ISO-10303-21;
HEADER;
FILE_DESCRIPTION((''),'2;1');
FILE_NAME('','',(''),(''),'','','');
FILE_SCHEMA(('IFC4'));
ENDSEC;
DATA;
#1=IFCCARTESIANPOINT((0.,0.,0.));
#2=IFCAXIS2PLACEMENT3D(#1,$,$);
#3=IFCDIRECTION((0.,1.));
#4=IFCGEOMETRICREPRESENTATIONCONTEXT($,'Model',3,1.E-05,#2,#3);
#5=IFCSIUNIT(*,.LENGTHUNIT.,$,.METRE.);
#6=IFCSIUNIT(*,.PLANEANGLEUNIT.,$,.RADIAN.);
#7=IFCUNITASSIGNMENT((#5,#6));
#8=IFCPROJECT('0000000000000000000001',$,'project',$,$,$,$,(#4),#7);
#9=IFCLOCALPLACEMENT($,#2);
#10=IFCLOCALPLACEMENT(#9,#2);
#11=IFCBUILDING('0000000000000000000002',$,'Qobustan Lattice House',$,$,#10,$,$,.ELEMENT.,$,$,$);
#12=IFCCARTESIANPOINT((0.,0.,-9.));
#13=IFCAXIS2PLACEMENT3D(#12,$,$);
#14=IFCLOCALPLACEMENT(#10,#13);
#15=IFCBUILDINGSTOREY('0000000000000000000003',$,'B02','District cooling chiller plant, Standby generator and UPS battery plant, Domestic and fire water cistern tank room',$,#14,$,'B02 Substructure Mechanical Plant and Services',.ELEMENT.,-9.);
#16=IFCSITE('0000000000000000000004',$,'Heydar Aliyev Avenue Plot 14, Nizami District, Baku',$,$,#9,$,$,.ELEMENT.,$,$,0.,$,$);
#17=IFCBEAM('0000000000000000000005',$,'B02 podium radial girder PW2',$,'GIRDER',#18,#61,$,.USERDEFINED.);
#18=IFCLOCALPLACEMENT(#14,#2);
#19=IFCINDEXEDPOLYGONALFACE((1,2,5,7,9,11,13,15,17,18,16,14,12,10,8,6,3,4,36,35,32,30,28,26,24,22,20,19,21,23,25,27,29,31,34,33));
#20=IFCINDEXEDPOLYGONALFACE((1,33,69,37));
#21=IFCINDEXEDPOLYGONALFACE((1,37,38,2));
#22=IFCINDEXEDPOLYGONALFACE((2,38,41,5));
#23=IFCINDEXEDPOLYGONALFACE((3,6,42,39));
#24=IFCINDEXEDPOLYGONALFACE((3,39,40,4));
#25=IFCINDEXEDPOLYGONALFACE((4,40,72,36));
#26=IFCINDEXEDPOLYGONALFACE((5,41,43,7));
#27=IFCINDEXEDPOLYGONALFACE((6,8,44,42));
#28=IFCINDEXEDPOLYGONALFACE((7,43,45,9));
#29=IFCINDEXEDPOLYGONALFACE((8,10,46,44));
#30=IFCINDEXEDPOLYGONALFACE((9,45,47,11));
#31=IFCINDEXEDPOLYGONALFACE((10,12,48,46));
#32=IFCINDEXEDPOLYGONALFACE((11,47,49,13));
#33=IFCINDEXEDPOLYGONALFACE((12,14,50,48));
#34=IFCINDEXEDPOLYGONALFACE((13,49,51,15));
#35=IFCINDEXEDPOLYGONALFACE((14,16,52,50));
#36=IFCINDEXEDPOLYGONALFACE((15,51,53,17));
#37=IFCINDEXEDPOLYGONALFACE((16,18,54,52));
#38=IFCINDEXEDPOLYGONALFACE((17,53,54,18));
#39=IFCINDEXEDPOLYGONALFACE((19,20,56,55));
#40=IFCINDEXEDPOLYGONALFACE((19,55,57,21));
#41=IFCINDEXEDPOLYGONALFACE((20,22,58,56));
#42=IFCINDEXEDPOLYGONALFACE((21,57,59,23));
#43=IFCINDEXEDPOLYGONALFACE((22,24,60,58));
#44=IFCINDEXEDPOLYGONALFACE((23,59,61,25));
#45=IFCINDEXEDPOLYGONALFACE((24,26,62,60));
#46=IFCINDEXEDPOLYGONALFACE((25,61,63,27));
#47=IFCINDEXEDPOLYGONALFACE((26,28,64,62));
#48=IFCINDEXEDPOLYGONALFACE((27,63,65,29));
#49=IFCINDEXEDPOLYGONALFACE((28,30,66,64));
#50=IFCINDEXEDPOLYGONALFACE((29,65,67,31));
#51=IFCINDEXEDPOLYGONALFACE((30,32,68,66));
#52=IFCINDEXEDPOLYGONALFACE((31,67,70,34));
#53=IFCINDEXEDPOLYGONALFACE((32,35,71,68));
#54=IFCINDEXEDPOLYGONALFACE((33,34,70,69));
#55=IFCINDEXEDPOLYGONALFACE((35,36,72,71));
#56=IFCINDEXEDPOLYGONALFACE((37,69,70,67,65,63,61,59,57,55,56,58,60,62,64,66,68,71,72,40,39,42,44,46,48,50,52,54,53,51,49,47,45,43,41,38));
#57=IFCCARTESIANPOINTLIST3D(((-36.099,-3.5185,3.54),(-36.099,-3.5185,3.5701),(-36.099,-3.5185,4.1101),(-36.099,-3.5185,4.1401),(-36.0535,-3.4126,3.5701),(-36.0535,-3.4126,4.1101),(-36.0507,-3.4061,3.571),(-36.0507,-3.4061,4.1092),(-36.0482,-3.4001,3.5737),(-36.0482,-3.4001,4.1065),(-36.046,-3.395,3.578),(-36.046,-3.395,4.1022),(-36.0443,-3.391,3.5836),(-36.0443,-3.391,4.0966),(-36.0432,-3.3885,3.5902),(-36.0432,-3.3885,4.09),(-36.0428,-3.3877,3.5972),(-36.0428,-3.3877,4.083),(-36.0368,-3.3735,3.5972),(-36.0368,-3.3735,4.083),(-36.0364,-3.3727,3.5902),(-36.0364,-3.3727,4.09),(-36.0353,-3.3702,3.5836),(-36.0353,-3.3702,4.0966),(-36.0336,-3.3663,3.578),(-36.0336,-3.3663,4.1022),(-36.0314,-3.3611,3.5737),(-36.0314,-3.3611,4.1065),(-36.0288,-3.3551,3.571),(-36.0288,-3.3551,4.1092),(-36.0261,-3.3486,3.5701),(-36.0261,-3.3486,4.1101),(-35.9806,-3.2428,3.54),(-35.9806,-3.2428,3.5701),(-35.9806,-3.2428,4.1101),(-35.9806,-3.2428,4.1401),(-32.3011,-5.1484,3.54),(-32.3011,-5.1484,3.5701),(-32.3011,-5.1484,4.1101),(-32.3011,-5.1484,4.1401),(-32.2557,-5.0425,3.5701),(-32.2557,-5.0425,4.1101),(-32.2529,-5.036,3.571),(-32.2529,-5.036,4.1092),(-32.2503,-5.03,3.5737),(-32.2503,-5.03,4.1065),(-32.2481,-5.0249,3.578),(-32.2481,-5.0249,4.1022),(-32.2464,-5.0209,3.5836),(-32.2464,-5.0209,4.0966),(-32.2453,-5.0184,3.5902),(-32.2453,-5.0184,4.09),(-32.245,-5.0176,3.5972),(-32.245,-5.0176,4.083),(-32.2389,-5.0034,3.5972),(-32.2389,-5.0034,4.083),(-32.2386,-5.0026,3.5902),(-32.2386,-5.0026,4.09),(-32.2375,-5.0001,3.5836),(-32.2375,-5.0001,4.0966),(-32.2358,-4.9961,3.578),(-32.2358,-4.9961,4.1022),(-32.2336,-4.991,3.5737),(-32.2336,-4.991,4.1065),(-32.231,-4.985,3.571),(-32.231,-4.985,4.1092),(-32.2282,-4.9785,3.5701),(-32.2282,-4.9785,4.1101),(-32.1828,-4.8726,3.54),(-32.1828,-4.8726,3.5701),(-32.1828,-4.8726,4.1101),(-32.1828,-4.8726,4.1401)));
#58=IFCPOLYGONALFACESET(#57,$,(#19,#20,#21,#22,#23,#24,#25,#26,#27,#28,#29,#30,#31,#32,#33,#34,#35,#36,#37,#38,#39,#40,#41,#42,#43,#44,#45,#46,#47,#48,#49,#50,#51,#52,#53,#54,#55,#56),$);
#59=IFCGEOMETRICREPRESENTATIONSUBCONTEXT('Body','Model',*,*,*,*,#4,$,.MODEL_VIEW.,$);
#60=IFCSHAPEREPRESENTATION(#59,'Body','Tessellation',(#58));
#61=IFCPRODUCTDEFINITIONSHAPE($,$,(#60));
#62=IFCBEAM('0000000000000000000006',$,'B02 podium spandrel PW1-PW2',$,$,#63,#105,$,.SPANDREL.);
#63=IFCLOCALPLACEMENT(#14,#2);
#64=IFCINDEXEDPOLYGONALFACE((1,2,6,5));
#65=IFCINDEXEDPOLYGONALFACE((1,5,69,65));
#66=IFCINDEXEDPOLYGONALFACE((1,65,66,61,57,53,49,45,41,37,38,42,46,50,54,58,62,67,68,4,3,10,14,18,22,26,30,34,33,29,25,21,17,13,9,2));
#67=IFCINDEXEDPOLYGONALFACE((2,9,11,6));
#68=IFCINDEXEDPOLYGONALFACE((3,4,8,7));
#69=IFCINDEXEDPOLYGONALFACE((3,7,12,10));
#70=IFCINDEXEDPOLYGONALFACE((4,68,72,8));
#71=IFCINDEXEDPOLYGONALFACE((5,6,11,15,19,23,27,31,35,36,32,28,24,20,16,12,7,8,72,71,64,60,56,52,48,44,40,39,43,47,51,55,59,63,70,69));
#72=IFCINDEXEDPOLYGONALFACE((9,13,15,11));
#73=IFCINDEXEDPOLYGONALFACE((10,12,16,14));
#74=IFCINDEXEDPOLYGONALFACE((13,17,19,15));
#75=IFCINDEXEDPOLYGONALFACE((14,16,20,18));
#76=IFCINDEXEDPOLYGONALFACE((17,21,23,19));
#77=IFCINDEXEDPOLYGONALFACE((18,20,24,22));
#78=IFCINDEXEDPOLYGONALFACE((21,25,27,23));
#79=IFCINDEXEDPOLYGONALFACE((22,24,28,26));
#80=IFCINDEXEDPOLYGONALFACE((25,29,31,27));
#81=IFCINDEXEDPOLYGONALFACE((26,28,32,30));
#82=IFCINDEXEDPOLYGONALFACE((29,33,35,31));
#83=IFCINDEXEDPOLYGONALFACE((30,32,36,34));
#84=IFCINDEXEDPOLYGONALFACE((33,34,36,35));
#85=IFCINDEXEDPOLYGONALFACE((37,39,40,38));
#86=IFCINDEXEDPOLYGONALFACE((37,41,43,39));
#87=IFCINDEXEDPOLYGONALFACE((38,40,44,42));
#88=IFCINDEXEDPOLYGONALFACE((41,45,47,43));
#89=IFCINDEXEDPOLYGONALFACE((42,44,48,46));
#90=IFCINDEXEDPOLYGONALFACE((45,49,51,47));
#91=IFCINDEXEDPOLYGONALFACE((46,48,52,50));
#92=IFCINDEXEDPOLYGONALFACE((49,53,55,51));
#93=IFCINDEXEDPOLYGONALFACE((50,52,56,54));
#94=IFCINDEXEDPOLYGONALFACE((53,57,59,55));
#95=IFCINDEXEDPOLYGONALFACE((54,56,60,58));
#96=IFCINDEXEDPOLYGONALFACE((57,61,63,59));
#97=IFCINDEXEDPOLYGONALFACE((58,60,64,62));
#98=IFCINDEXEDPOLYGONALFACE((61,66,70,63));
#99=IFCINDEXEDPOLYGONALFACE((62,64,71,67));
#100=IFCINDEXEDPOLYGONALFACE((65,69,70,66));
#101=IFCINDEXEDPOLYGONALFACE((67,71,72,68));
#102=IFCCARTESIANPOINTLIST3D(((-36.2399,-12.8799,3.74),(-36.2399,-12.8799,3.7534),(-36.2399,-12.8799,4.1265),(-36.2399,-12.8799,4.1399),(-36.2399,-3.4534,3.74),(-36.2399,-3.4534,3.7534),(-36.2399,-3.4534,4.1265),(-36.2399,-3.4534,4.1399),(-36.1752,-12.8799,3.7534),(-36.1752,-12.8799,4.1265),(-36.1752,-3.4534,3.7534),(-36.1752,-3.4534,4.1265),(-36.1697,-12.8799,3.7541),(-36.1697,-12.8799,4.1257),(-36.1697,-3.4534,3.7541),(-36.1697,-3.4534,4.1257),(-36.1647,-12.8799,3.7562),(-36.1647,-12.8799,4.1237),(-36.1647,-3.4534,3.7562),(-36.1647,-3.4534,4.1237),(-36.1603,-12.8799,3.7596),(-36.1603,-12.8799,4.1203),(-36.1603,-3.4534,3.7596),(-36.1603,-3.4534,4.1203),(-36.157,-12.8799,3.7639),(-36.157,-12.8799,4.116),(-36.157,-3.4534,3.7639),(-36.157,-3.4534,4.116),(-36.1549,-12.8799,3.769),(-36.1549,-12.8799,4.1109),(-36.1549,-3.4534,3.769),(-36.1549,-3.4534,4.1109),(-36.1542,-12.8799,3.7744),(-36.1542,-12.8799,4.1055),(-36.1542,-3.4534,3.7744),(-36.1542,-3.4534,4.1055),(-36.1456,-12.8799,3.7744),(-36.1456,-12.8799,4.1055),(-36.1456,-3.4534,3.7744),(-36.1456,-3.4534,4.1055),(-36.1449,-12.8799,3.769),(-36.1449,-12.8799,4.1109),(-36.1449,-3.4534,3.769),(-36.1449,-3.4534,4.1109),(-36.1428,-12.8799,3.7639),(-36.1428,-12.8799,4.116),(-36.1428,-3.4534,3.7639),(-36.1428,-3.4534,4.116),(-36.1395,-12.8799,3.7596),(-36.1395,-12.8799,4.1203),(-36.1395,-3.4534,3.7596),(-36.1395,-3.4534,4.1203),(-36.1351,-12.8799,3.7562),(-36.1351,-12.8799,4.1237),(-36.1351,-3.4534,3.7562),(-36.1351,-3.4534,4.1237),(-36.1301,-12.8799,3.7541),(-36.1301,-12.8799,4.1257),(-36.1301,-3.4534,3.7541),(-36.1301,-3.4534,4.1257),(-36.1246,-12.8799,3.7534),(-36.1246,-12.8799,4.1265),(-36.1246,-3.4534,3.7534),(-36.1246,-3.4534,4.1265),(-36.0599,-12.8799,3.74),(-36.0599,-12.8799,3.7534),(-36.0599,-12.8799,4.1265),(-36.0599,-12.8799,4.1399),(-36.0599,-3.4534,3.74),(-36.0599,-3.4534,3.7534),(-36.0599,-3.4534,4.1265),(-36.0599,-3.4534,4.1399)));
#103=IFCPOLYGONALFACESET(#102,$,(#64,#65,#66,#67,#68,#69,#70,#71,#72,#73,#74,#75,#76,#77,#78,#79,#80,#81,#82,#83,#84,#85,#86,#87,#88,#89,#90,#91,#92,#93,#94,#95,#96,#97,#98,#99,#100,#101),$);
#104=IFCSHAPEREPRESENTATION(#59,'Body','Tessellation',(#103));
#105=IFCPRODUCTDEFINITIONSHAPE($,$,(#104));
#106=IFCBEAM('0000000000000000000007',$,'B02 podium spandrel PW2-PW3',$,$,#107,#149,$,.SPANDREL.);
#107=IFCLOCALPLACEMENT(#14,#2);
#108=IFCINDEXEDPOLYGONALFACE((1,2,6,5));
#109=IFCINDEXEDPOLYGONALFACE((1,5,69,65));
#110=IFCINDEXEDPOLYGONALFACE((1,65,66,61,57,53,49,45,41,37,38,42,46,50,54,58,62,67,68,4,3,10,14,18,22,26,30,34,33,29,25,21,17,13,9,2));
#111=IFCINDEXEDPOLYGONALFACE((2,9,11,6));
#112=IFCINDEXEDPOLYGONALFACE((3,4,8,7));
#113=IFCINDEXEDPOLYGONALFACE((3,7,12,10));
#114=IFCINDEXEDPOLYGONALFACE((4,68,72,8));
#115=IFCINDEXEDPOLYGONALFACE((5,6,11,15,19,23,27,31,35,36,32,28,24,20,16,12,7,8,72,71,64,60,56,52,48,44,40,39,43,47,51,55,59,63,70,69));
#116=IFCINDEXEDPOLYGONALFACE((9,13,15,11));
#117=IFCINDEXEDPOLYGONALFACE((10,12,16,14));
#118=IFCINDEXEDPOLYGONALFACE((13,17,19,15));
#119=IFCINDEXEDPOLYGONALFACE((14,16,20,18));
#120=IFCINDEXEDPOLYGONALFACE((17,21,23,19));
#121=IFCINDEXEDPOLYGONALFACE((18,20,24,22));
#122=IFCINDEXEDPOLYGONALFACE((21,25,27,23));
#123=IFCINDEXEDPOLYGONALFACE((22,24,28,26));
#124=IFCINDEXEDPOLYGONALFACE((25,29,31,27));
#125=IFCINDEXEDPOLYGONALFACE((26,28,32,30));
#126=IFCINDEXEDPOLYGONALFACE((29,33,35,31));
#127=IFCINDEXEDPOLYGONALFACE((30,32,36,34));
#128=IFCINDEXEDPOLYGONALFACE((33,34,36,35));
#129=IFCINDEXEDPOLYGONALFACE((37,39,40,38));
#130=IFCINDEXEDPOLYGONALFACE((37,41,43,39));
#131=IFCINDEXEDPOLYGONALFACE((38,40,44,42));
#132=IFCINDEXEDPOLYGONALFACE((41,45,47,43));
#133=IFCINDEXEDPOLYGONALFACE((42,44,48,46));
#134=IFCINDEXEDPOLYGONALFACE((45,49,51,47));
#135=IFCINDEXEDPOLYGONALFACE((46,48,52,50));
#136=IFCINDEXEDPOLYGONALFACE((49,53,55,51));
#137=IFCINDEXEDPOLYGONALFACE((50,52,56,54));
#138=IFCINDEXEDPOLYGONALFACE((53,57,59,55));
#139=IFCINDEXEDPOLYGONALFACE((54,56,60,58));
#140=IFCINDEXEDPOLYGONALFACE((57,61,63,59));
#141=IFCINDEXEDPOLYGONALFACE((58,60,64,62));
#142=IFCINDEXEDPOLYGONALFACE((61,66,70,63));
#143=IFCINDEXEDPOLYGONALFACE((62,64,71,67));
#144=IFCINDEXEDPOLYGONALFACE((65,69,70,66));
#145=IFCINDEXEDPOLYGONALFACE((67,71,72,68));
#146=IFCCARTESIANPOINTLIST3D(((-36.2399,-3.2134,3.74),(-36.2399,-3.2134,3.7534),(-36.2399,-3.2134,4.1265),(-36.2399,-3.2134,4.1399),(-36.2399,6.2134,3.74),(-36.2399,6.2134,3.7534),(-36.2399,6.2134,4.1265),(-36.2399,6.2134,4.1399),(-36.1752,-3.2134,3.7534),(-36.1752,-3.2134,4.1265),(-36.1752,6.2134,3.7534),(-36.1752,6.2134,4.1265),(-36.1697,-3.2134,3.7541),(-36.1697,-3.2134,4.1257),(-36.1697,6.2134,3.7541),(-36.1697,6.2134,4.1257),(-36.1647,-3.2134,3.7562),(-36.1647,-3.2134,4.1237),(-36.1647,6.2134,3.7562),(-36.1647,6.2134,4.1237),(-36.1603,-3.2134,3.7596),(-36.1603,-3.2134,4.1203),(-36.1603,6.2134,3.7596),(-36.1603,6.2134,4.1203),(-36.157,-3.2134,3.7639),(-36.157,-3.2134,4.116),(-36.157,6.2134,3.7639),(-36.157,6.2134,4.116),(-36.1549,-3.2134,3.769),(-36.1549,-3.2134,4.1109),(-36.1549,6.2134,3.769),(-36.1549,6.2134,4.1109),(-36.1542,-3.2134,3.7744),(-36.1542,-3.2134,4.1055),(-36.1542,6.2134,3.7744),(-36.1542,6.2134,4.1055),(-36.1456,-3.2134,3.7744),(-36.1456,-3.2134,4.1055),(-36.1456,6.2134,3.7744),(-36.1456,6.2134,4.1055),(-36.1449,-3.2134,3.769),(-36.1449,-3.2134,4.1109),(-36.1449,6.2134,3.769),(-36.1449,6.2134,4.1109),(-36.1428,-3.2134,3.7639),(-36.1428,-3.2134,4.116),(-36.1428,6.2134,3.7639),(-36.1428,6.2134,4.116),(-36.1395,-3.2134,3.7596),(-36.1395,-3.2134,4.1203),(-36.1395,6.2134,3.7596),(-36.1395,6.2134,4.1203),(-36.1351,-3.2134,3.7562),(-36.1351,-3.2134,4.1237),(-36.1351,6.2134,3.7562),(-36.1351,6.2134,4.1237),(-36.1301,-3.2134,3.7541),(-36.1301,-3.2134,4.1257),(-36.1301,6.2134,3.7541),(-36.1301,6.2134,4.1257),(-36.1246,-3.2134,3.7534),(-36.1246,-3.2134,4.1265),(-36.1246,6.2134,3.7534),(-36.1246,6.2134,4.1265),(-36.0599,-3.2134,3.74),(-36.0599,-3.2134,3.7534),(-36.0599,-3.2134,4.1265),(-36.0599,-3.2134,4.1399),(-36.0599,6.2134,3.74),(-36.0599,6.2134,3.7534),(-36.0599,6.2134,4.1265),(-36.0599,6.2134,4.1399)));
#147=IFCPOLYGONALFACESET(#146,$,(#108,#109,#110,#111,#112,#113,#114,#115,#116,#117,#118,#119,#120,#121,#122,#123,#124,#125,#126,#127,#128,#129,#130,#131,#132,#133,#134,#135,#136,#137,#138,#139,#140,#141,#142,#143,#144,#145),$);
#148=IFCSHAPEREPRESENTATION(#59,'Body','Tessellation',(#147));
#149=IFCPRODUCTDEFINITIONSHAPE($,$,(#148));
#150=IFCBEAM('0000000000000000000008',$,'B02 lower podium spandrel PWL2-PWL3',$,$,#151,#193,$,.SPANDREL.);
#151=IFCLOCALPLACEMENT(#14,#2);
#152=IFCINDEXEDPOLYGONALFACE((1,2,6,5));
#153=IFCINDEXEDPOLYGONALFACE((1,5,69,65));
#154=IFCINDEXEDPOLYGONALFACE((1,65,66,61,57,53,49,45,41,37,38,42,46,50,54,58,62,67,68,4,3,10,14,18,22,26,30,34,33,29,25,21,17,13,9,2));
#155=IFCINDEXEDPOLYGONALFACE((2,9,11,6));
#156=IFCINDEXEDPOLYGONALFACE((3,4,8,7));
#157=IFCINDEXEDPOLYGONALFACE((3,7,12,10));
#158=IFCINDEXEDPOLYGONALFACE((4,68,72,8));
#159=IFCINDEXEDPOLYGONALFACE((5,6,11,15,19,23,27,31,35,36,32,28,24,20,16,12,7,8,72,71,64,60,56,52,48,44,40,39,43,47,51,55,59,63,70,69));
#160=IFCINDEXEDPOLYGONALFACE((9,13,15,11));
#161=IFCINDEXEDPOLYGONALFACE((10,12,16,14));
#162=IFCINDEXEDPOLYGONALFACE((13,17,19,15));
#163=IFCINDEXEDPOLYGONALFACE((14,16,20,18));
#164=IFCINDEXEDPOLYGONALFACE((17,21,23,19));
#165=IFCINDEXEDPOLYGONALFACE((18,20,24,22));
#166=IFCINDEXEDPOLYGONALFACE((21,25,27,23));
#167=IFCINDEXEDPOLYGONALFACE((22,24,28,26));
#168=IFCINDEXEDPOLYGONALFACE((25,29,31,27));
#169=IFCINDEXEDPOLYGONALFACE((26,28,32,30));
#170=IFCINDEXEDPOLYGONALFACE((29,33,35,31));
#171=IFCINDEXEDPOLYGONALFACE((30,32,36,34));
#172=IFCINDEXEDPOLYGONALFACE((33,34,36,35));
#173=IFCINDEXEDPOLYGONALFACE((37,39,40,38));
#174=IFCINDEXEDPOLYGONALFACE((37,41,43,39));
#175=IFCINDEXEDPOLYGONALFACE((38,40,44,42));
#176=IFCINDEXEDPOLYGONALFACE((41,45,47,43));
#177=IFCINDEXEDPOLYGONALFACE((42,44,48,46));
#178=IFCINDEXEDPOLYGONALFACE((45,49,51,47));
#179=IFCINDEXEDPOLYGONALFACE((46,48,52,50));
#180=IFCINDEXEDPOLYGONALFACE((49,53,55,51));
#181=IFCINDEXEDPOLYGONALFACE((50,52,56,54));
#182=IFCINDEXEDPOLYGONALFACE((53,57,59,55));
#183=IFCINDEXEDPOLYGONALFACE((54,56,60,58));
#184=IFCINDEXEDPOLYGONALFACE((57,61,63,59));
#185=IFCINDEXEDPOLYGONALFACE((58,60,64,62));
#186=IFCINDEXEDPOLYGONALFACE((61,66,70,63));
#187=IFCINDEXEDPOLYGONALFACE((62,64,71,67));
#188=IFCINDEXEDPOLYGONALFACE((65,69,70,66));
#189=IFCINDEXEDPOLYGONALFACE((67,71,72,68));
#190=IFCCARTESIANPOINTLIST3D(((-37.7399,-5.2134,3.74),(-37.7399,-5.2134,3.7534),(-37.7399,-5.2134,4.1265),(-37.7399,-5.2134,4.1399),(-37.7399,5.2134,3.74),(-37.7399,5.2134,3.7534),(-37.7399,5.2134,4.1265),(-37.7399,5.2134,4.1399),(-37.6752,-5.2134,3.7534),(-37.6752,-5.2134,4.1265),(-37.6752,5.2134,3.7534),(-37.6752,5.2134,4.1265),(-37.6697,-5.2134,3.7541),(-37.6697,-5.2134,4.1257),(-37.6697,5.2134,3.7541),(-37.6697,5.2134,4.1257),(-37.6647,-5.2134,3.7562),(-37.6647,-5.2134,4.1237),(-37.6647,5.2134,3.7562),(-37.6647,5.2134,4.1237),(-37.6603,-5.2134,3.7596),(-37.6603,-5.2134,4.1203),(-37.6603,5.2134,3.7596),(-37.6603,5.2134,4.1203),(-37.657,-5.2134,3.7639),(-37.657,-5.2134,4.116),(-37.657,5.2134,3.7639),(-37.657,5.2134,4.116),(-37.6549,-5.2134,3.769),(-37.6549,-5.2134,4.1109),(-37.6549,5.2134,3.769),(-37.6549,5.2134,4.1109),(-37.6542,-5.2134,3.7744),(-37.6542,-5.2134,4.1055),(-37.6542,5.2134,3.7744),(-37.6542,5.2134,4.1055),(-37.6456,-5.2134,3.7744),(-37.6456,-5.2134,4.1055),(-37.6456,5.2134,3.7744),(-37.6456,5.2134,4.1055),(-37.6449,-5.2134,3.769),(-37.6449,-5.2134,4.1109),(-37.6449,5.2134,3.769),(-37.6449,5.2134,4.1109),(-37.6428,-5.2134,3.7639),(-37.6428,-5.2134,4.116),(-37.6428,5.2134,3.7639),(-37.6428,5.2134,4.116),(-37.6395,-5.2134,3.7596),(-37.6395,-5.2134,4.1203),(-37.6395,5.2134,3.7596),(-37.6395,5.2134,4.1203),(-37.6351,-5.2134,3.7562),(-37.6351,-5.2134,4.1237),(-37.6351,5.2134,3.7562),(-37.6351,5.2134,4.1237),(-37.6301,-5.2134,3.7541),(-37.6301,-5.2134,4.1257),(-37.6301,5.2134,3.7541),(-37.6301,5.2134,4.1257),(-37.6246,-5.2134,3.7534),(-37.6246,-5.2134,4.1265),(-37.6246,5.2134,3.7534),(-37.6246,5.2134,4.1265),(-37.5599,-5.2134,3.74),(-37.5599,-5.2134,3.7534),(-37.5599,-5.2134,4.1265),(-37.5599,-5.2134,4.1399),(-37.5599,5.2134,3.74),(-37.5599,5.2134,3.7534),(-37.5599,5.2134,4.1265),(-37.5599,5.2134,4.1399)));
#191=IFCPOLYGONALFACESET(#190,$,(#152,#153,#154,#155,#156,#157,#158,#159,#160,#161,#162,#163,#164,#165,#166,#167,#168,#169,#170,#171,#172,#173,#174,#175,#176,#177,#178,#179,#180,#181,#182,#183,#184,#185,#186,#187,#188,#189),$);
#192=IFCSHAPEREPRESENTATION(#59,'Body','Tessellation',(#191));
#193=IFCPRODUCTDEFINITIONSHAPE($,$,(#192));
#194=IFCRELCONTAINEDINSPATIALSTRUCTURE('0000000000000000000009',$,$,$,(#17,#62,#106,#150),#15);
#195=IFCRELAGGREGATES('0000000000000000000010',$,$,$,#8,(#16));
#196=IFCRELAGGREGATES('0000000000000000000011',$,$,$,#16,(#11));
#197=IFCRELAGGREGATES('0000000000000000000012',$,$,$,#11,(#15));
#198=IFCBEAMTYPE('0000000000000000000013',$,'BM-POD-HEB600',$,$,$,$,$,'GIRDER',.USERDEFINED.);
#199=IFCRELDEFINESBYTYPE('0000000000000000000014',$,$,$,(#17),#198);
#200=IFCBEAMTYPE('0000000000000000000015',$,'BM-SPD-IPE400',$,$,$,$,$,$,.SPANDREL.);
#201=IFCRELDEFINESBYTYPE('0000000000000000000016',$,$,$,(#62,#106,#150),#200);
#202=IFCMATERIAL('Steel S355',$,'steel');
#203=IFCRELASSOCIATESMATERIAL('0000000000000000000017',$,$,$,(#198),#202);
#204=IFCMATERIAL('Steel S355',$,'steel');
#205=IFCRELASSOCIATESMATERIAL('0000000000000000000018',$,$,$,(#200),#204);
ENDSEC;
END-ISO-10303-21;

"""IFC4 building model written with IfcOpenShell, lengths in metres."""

from ifc_helpers import new_model, si_unit, direction, frame, origin, origin_2d, place, context, subcontext, project, spatial, i_section, extrude, material, material_profile, profile_set, type_object, element, save


model = new_model("IFC4")

# Units and contexts
model_context = context("Model", 3, precision=1e-05, world=origin(), true_north=direction((0.0, 1.0)))
body_context = subcontext(model_context, "Body", "Model", "MODEL_VIEW")
ifc_project = project(units=[si_unit("LENGTHUNIT", "METRE"), si_unit("PLANEANGLEUNIT", "RADIAN")], contexts=[model_context])

# Site, building, storey
site_placement = place(None, origin())
site = spatial("IfcSite", under=ifc_project, at=site_placement, Name="Heydar Aliyev Avenue Plot 14, Nizami District, Baku", CompositionType="ELEMENT", RefElevation=0.0)
building_placement = place(site_placement, origin())
building = spatial("IfcBuilding", under=site, at=building_placement, Name="Qobustan Lattice House", CompositionType="ELEMENT")
storey_placement = place(building_placement, frame((0.0, 0.0, -9.0)))
storey = spatial("IfcBuildingStorey", under=building, at=storey_placement, Name="B02", Description="District cooling chiller plant, Standby generator and UPS battery plant, Domestic and fire water cistern tank room", LongName="B02 Substructure Mechanical Plant and Services", CompositionType="ELEMENT", Elevation=-9.0)

# Beams
ifc_material_1 = material(Name="Steel S355", Category="steel")
ifc_material_profile_1 = material_profile(ifc_material_1, i_section(OverallWidth=0.3, OverallDepth=0.6001, WebThickness=0.0154, FlangeThickness=0.03, FilletRadius=0.0271, at=origin_2d()), Name="HEB600")
ifc_profile_set_1 = profile_set([ifc_material_profile_1], Name="Steel S355")
beam_type_1 = type_object("IfcBeamType", Name="BM-POD-HEB600", ElementType="GIRDER", PredefinedType="USERDEFINED", material=ifc_profile_set_1)
beam_1_placement = place(storey_placement, frame((-36.0398, -3.3806, 3.8401), z_axis=(0.918949, -0.394376, 0.0), x_axis=(0.394376, 0.918949, 0.0)))
element("IfcBeam", 1, at=beam_1_placement, inside=storey, type_object=beam_type_1, Name="B02 podium radial girder PW2", ObjectType="GIRDER", PredefinedType="USERDEFINED", context=body_context, shape_type="SweptSolid", body=[
    extrude(i_section(OverallWidth=0.3, OverallDepth=0.6001, WebThickness=0.0154, FlangeThickness=0.03, FilletRadius=0.0271, at=origin_2d()), origin(), (0.0, 0.0, 1.0), 4.1328),
])
ifc_material_2 = material(Name="Steel S355", Category="steel")
ifc_material_profile_2 = material_profile(ifc_material_2, i_section(OverallWidth=0.1799, OverallDepth=0.3999, WebThickness=0.0085, FlangeThickness=0.0134, FilletRadius=0.021, at=origin_2d()), Name="IPE400")
ifc_profile_set_2 = profile_set([ifc_material_profile_2], Name="Steel S355")
beam_type_2 = type_object("IfcBeamType", Name="BM-SPD-IPE400", PredefinedType="SPANDREL", material=ifc_profile_set_2)
beam_2_placement = place(storey_placement, frame((-36.1499, -12.8799, 3.9399), z_axis=(0.0, 1.0, 0.0), x_axis=(-1.0, 0.0, 0.0)))
element("IfcBeam", 2, at=beam_2_placement, inside=storey, type_object=beam_type_2, Name="B02 podium spandrel PW1-PW2", PredefinedType="SPANDREL", context=body_context, shape_type="SweptSolid", body=[
    extrude(i_section(OverallWidth=0.1799, OverallDepth=0.3999, WebThickness=0.0085, FlangeThickness=0.0134, FilletRadius=0.021, at=origin_2d()), origin(), (0.0, 0.0, 1.0), 9.4265),
])
beam_3_placement = place(storey_placement, frame((-36.1499, -3.2134, 3.9399), z_axis=(0.0, 1.0, 0.0), x_axis=(-1.0, 0.0, 0.0)))
element("IfcBeam", 3, at=beam_3_placement, inside=storey, type_object=beam_type_2, Name="B02 podium spandrel PW2-PW3", PredefinedType="SPANDREL", context=body_context, shape_type="SweptSolid", body=[
    extrude(i_section(OverallWidth=0.1799, OverallDepth=0.3999, WebThickness=0.0085, FlangeThickness=0.0134, FilletRadius=0.021, at=origin_2d()), origin(), (0.0, 0.0, 1.0), 9.4268),
])
beam_4_placement = place(storey_placement, frame((-37.6499, -5.2134, 3.9399), z_axis=(0.0, 1.0, 0.0), x_axis=(-1.0, 0.0, 0.0)))
element("IfcBeam", 4, at=beam_4_placement, inside=storey, type_object=beam_type_2, Name="B02 lower podium spandrel PWL2-PWL3", PredefinedType="SPANDREL", context=body_context, shape_type="SweptSolid", body=[
    extrude(i_section(OverallWidth=0.1799, OverallDepth=0.3999, WebThickness=0.0085, FlangeThickness=0.0134, FilletRadius=0.021, at=origin_2d()), origin(), (0.0, 0.0, 1.0), 10.4268),
])

save(model, "model.ifc")
